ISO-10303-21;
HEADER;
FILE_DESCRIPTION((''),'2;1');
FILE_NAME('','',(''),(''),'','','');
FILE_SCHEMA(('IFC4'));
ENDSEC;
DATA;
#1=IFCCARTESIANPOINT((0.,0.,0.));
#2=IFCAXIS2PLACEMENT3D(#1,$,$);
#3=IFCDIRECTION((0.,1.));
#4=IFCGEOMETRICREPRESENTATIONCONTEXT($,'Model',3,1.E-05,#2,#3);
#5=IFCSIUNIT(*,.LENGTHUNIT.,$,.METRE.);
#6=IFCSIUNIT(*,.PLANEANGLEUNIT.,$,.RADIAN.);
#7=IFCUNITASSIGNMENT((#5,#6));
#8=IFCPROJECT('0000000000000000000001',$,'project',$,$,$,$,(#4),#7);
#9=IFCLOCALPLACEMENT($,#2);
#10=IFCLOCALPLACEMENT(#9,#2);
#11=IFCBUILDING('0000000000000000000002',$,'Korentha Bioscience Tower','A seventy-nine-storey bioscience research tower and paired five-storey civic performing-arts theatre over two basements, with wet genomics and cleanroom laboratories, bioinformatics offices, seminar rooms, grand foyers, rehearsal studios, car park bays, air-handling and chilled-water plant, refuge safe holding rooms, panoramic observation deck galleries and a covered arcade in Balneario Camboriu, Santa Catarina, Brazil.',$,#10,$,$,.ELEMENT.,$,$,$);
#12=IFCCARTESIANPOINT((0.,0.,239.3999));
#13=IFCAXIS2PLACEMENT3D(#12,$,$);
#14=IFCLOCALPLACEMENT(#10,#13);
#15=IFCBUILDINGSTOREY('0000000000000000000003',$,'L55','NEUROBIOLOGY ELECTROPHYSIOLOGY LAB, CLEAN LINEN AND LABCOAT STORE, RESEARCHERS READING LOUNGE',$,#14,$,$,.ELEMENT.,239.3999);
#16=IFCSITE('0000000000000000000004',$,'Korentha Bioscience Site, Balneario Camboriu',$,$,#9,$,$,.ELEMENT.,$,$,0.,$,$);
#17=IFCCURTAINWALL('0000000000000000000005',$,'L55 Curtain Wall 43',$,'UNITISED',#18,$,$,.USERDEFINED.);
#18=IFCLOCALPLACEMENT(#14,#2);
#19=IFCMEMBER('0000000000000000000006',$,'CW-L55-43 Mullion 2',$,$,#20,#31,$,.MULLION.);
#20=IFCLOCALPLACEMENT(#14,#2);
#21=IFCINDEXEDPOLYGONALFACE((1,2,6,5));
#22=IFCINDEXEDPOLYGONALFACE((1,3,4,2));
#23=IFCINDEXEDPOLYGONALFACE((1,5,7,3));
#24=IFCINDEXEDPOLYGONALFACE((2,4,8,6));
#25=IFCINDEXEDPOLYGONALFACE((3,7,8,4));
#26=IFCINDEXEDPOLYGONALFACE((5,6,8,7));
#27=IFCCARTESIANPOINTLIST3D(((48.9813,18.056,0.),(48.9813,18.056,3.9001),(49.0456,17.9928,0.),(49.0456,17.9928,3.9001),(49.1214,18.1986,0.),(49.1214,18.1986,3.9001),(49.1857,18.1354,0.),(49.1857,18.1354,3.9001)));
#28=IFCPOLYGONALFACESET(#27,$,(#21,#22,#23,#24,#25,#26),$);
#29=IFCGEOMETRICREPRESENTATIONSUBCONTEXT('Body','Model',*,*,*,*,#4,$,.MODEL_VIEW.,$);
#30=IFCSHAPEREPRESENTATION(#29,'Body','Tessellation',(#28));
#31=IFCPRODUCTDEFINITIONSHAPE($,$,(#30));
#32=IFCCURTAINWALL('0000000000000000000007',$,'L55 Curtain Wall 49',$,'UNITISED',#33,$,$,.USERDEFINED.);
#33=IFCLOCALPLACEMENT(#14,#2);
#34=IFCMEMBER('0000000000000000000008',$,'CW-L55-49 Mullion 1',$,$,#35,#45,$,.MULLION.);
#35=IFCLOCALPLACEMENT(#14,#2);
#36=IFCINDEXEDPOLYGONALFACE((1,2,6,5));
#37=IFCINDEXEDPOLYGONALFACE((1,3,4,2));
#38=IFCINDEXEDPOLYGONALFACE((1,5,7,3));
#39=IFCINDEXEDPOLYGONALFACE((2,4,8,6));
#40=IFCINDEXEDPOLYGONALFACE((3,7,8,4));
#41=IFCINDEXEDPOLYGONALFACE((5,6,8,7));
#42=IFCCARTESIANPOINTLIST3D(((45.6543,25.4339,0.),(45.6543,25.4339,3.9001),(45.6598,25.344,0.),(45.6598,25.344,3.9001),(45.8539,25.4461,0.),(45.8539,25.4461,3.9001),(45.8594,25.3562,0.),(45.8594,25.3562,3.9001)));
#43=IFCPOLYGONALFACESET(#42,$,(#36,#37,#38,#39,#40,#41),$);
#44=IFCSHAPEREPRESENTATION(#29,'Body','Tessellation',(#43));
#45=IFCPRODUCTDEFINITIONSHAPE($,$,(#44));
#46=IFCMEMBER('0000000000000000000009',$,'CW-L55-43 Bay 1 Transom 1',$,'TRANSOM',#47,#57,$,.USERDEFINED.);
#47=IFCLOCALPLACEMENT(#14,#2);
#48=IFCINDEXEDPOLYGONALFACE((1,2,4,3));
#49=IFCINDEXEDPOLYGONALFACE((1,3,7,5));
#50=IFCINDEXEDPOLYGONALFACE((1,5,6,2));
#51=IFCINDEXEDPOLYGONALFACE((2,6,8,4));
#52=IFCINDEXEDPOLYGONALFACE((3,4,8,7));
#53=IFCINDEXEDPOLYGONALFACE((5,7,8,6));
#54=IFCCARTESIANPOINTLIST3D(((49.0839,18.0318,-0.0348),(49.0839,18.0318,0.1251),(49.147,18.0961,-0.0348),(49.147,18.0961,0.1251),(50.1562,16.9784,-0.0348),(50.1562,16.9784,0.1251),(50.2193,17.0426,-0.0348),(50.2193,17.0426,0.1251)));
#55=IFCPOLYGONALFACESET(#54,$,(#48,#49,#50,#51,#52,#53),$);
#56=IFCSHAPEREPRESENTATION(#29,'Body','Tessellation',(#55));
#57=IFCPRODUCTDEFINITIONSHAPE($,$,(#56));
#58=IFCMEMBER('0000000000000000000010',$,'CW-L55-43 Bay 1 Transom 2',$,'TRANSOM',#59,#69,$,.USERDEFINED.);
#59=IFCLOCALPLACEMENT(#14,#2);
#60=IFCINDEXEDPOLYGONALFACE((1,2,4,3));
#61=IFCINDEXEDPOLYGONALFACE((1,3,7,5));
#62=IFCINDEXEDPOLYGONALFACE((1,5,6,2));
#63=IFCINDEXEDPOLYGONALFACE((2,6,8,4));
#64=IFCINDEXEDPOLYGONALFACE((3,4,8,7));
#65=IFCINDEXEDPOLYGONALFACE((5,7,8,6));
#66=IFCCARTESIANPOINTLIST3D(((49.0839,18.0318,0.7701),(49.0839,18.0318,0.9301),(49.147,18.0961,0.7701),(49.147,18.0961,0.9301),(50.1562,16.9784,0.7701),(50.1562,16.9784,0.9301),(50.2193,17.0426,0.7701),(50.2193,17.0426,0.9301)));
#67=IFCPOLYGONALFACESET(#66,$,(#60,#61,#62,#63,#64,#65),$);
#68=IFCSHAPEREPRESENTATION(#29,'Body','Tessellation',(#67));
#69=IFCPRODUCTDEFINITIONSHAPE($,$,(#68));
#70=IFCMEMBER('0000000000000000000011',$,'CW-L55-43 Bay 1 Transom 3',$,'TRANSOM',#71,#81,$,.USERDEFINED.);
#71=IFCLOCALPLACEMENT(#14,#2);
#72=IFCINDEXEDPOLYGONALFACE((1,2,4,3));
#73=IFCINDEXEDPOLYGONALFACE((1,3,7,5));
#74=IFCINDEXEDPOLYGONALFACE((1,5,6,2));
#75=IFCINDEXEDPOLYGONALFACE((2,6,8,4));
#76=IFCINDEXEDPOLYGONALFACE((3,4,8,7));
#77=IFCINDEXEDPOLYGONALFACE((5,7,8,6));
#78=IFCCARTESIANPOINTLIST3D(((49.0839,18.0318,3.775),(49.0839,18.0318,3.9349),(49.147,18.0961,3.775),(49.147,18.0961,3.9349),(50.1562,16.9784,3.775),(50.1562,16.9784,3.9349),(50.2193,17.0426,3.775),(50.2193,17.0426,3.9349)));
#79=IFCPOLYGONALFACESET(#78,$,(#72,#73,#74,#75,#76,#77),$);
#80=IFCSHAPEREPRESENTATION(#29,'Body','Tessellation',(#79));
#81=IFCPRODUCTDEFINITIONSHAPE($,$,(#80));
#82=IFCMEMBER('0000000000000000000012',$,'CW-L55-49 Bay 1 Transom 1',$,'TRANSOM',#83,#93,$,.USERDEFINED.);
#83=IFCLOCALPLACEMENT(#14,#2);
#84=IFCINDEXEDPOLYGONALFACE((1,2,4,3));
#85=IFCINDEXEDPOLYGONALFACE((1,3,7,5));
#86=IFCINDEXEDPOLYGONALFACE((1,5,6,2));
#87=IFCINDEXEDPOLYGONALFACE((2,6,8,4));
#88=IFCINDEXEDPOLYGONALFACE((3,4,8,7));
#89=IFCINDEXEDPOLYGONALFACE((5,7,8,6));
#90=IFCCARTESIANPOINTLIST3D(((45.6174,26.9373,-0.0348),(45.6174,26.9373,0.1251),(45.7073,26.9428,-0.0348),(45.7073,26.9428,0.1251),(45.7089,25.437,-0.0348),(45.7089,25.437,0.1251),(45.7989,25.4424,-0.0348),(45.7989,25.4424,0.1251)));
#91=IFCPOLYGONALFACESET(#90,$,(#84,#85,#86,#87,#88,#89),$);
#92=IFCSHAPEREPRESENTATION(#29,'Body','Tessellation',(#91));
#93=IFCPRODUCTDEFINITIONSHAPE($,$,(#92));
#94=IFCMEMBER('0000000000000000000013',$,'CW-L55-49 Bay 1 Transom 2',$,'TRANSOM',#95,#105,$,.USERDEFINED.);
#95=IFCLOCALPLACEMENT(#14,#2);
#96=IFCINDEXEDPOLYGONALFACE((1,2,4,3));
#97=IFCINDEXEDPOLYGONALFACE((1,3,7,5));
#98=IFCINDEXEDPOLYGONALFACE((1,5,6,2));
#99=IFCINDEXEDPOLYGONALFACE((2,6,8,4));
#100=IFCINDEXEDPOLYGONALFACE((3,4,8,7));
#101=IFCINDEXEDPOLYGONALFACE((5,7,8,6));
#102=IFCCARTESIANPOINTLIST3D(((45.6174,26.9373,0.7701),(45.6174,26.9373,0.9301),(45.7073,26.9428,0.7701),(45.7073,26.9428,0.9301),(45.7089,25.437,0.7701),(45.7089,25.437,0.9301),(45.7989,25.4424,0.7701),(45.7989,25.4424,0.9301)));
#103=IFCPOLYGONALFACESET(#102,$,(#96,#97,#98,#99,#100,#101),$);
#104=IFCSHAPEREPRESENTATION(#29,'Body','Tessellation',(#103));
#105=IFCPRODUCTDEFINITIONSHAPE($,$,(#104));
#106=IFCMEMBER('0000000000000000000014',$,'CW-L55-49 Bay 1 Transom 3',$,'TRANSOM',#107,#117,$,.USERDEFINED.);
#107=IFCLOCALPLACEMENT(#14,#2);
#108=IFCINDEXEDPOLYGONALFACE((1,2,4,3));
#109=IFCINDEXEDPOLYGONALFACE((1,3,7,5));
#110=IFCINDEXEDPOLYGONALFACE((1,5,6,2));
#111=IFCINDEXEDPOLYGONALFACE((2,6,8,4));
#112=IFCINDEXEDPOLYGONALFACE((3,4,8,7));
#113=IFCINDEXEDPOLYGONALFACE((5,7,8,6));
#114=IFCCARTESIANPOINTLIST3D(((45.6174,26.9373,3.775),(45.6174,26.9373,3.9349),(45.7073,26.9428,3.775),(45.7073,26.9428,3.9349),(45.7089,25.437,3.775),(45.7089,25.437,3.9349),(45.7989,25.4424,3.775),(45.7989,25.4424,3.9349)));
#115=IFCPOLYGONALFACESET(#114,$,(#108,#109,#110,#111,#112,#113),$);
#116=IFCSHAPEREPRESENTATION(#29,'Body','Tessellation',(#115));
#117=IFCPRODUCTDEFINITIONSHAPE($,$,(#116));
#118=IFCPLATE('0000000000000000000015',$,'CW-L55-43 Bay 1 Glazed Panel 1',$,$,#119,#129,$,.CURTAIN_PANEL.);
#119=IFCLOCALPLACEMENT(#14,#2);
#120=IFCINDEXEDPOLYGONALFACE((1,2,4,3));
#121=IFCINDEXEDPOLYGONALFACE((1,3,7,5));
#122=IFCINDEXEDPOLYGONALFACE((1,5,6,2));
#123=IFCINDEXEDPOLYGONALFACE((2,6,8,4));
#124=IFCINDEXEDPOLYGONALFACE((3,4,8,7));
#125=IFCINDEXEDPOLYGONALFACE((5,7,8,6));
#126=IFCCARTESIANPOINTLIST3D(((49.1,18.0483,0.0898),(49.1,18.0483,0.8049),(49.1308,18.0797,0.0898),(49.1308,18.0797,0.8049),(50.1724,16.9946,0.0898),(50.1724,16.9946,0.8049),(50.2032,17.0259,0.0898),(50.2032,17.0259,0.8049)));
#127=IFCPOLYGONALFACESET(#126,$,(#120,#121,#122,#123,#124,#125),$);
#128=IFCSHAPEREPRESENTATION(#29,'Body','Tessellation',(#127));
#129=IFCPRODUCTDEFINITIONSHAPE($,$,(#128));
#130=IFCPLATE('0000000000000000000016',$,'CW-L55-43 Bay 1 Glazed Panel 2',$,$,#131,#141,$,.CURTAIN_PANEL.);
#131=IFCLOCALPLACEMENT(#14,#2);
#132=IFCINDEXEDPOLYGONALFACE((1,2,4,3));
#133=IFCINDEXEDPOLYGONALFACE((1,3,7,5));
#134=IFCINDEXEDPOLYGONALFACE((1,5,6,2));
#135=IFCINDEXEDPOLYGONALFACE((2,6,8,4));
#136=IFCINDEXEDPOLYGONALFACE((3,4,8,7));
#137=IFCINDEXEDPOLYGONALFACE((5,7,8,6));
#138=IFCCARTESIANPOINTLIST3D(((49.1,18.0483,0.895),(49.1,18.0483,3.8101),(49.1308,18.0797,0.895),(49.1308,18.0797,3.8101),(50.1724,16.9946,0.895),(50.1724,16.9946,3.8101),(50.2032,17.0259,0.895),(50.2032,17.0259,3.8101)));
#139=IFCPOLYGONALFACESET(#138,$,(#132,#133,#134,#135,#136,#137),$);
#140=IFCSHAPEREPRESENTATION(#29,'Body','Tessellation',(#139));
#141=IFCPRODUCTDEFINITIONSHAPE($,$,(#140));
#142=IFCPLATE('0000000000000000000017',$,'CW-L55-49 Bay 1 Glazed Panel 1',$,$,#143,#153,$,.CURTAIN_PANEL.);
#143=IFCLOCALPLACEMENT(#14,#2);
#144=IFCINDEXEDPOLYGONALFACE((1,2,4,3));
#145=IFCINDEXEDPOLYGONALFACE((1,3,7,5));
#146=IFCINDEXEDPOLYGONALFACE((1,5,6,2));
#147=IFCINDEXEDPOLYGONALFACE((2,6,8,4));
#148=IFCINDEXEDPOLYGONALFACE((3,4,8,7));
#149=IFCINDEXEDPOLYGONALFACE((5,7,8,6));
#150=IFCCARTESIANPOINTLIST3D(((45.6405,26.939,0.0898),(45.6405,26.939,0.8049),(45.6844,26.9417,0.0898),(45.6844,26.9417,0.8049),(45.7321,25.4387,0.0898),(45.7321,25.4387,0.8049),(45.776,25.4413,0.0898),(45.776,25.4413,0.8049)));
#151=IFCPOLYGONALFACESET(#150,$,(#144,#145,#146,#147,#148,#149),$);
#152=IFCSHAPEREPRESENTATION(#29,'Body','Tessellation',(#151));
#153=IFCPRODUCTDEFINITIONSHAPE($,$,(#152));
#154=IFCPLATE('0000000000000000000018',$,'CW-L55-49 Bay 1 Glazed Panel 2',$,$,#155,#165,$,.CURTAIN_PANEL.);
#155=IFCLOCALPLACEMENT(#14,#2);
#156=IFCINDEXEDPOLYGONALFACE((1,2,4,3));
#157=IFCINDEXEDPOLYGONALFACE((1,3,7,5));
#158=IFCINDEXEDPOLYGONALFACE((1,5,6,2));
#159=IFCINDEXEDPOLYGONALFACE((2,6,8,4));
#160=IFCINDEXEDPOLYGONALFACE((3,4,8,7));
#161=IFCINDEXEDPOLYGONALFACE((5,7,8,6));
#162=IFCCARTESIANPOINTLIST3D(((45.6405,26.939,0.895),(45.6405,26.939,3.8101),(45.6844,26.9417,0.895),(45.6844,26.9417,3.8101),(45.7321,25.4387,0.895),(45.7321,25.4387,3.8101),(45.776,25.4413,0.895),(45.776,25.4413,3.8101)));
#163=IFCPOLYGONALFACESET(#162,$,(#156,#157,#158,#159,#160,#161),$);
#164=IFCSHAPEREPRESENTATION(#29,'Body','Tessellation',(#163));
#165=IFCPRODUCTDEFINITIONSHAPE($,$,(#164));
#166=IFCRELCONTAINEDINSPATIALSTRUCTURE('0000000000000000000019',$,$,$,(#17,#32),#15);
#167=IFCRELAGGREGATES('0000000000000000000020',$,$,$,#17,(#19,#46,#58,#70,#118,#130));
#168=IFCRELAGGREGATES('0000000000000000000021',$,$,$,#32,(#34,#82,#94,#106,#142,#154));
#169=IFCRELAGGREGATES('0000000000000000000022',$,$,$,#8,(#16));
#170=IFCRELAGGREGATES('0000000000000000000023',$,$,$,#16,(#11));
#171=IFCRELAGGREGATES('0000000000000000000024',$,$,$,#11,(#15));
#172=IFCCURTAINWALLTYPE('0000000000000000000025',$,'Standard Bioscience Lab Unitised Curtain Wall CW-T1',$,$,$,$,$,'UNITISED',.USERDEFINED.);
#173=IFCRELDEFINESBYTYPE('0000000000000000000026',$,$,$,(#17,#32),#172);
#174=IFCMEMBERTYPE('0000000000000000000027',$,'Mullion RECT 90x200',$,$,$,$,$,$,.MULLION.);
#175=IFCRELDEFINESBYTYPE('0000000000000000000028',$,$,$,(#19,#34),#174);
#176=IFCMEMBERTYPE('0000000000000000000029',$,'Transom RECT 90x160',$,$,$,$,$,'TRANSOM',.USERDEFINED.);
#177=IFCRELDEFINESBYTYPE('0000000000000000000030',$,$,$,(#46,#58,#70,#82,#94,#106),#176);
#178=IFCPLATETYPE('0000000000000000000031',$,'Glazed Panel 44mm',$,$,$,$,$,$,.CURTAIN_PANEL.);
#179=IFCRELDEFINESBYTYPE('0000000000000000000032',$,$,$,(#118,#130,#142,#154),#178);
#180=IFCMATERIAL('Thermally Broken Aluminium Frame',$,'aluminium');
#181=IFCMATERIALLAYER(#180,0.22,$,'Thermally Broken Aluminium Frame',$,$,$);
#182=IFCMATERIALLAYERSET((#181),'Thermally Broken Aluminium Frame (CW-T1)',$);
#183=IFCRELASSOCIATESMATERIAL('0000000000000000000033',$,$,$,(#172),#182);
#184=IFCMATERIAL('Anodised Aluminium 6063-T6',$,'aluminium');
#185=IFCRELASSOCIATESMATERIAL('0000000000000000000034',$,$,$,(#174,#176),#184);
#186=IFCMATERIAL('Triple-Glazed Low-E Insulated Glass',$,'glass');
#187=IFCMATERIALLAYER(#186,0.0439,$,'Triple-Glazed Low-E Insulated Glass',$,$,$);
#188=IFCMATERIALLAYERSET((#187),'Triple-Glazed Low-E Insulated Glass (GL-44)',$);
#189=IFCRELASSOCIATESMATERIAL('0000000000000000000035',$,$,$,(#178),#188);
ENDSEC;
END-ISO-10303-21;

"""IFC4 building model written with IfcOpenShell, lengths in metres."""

from ifc_helpers import new_model, si_unit, direction, frame, origin, origin_2d, place, context, subcontext, project, spatial, rectangle, extrude, material, layer, layer_set, material_profile, profile_set, type_object, element, aggregate, save


model = new_model("IFC4")

# Units and contexts
model_context = context("Model", 3, precision=1e-05, world=origin(), true_north=direction((0.0, 1.0)))
body_context = subcontext(model_context, "Body", "Model", "MODEL_VIEW")
ifc_project = project(units=[si_unit("LENGTHUNIT", "METRE"), si_unit("PLANEANGLEUNIT", "RADIAN")], contexts=[model_context])

# Site, building, storey
site_placement = place(None, origin())
site = spatial("IfcSite", under=ifc_project, at=site_placement, Name="Korentha Bioscience Site, Balneario Camboriu", CompositionType="ELEMENT", RefElevation=0.0)
building_placement = place(site_placement, origin())
building = spatial("IfcBuilding", under=site, at=building_placement, Name="Korentha Bioscience Tower", Description="A seventy-nine-storey bioscience research tower and paired five-storey civic performing-arts theatre over two basements, with wet genomics and cleanroom laboratories, bioinformatics offices, seminar rooms, grand foyers, rehearsal studios, car park bays, air-handling and chilled-water plant, refuge safe holding rooms, panoramic observation deck galleries and a covered arcade in Balneario Camboriu, Santa Catarina, Brazil.", CompositionType="ELEMENT")
storey_placement = place(building_placement, frame((0.0, 0.0, 239.3999)))
storey = spatial("IfcBuildingStorey", under=building, at=storey_placement, Name="L55", Description="NEUROBIOLOGY ELECTROPHYSIOLOGY LAB, CLEAN LINEN AND LABCOAT STORE, RESEARCHERS READING LOUNGE", CompositionType="ELEMENT", Elevation=239.3999)

# Curtain wall, member
ifc_material_1 = material(Name="Thermally Broken Aluminium Frame", Category="aluminium")
ifc_layer_1 = layer(ifc_material_1, 0.22, Name="Thermally Broken Aluminium Frame")
ifc_layer_set_1 = layer_set([ifc_layer_1], Name="Thermally Broken Aluminium Frame (CW-T1)")
curtain_wall_type = type_object("IfcCurtainWallType", Name="Standard Bioscience Lab Unitised Curtain Wall CW-T1", ElementType="UNITISED", PredefinedType="USERDEFINED", material=ifc_layer_set_1)
curtain_wall_1_placement = place(storey_placement, origin())
curtain_wall_1 = element("IfcCurtainWall", 1, at=curtain_wall_1_placement, inside=storey, type_object=curtain_wall_type, Name="L55 Curtain Wall 43", ObjectType="UNITISED", PredefinedType="USERDEFINED")
ifc_material_2 = material(Name="Anodised Aluminium 6063-T6", Category="aluminium")
ifc_material_profile_1 = material_profile(ifc_material_2, rectangle(XDim=0.0901, YDim=0.2, at=origin_2d()), Name="Anodised Aluminium 6063-T6")
ifc_profile_set_1 = profile_set([ifc_material_profile_1], Name="Anodised Aluminium 6063-T6 (CW-MUL)")
member_type_1 = type_object("IfcMemberType", Name="Mullion RECT 90x200", PredefinedType="MULLION", material=ifc_profile_set_1)
member_1_placement = place(storey_placement, frame((49.0835, 18.0957, 0.0), z_axis=(0.0, 0.0, 1.0), x_axis=(-0.713258, 0.700901, 0.0)))
member_1 = element("IfcMember", 2, at=member_1_placement, type_object=member_type_1, Name="CW-L55-43 Mullion 2", PredefinedType="MULLION", context=body_context, shape_type="SweptSolid", body=[
    extrude(rectangle(XDim=0.0901, YDim=0.2, at=origin_2d()), origin(), (0.0, 0.0, 1.0), 3.9001),
])

# Curtain wall, member
curtain_wall_2_placement = place(storey_placement, origin())
curtain_wall_2 = element("IfcCurtainWall", 3, at=curtain_wall_2_placement, inside=storey, type_object=curtain_wall_type, Name="L55 Curtain Wall 49", ObjectType="UNITISED", PredefinedType="USERDEFINED")
member_2_placement = place(storey_placement, frame((45.7568, 25.395, 0.0), z_axis=(0.0, 0.0, 1.0), x_axis=(-0.060954, 0.998141, 0.0)))
member_2 = element("IfcMember", 4, at=member_2_placement, type_object=member_type_1, Name="CW-L55-49 Mullion 1", PredefinedType="MULLION", context=body_context, shape_type="SweptSolid", body=[
    extrude(rectangle(XDim=0.0901, YDim=0.2, at=origin_2d()), origin(), (0.0, 0.0, 1.0), 3.9001),
])

# Members
ifc_material_profile_2 = material_profile(ifc_material_2, rectangle(XDim=0.0901, YDim=0.1599, at=origin_2d()), Name="Anodised Aluminium 6063-T6")
ifc_profile_set_2 = profile_set([ifc_material_profile_2], Name="Anodised Aluminium 6063-T6 (CW-TRN)")
member_type_2 = type_object("IfcMemberType", Name="Transom RECT 90x160", ElementType="TRANSOM", PredefinedType="USERDEFINED", material=ifc_profile_set_2)
member_3_placement = place(storey_placement, frame((50.1877, 17.0105, 0.0452), z_axis=(-0.713332, 0.700826, 0.0), x_axis=(-0.700826, -0.713332, 0.0)))
member_3 = element("IfcMember", 5, at=member_3_placement, type_object=member_type_2, Name="CW-L55-43 Bay 1 Transom 1", ObjectType="TRANSOM", PredefinedType="USERDEFINED", context=body_context, shape_type="SweptSolid", body=[
    extrude(rectangle(XDim=0.0901, YDim=0.1599, at=origin_2d()), origin(), (0.0, 0.0, 1.0), 1.5032),
])
member_4_placement = place(storey_placement, frame((50.1877, 17.0105, 0.8501), z_axis=(-0.713332, 0.700826, 0.0), x_axis=(-0.700826, -0.713332, 0.0)))
member_4 = element("IfcMember", 6, at=member_4_placement, type_object=member_type_2, Name="CW-L55-43 Bay 1 Transom 2", ObjectType="TRANSOM", PredefinedType="USERDEFINED", context=body_context, shape_type="SweptSolid", body=[
    extrude(rectangle(XDim=0.0901, YDim=0.1599, at=origin_2d()), origin(), (0.0, 0.0, 1.0), 1.5032),
])
member_5_placement = place(storey_placement, frame((50.1877, 17.0105, 3.855), z_axis=(-0.713332, 0.700826, 0.0), x_axis=(-0.700826, -0.713332, 0.0)))
member_5 = element("IfcMember", 7, at=member_5_placement, type_object=member_type_2, Name="CW-L55-43 Bay 1 Transom 3", ObjectType="TRANSOM", PredefinedType="USERDEFINED", context=body_context, shape_type="SweptSolid", body=[
    extrude(rectangle(XDim=0.0901, YDim=0.1599, at=origin_2d()), origin(), (0.0, 0.0, 1.0), 1.5032),
])
member_6_placement = place(storey_placement, frame((45.7539, 25.4397, 0.0452), z_axis=(-0.060902, 0.998144, 0.0), x_axis=(-0.998144, -0.060902, 0.0)))
member_6 = element("IfcMember", 8, at=member_6_placement, type_object=member_type_2, Name="CW-L55-49 Bay 1 Transom 1", ObjectType="TRANSOM", PredefinedType="USERDEFINED", context=body_context, shape_type="SweptSolid", body=[
    extrude(rectangle(XDim=0.0901, YDim=0.1599, at=origin_2d()), origin(), (0.0, 0.0, 1.0), 1.5032),
])
member_7_placement = place(storey_placement, frame((45.7539, 25.4397, 0.8501), z_axis=(-0.060902, 0.998144, 0.0), x_axis=(-0.998144, -0.060902, 0.0)))
member_7 = element("IfcMember", 9, at=member_7_placement, type_object=member_type_2, Name="CW-L55-49 Bay 1 Transom 2", ObjectType="TRANSOM", PredefinedType="USERDEFINED", context=body_context, shape_type="SweptSolid", body=[
    extrude(rectangle(XDim=0.0901, YDim=0.1599, at=origin_2d()), origin(), (0.0, 0.0, 1.0), 1.5032),
])
member_8_placement = place(storey_placement, frame((45.7539, 25.4397, 3.855), z_axis=(-0.060902, 0.998144, 0.0), x_axis=(-0.998144, -0.060902, 0.0)))
member_8 = element("IfcMember", 10, at=member_8_placement, type_object=member_type_2, Name="CW-L55-49 Bay 1 Transom 3", ObjectType="TRANSOM", PredefinedType="USERDEFINED", context=body_context, shape_type="SweptSolid", body=[
    extrude(rectangle(XDim=0.0901, YDim=0.1599, at=origin_2d()), origin(), (0.0, 0.0, 1.0), 1.5032),
])

# Plates
ifc_material_3 = material(Name="Triple-Glazed Low-E Insulated Glass", Category="glass")
ifc_layer_2 = layer(ifc_material_3, 0.0439, Name="Triple-Glazed Low-E Insulated Glass")
ifc_layer_set_2 = layer_set([ifc_layer_2], Name="Triple-Glazed Low-E Insulated Glass (GL-44)")
plate_type = type_object("IfcPlateType", Name="Glazed Panel 44mm", PredefinedType="CURTAIN_PANEL", material=ifc_layer_set_2)
plate_1_placement = place(storey_placement, frame((49.6516, 17.5371, 0.0898), z_axis=(0.0, 0.0, 1.0), x_axis=(-0.713258, 0.700901, 0.0)))
plate_1 = element("IfcPlate", 11, at=plate_1_placement, type_object=plate_type, Name="CW-L55-43 Bay 1 Glazed Panel 1", PredefinedType="CURTAIN_PANEL", context=body_context, shape_type="SweptSolid", body=[
    extrude(rectangle(XDim=1.5034, YDim=0.0439, at=origin_2d()), origin(), (0.0, 0.0, 1.0), 0.7151),
])
plate_2_placement = place(storey_placement, frame((49.6516, 17.5371, 0.895), z_axis=(0.0, 0.0, 1.0), x_axis=(-0.713258, 0.700901, 0.0)))
plate_2 = element("IfcPlate", 12, at=plate_2_placement, type_object=plate_type, Name="CW-L55-43 Bay 1 Glazed Panel 2", PredefinedType="CURTAIN_PANEL", context=body_context, shape_type="SweptSolid", body=[
    extrude(rectangle(XDim=1.5034, YDim=0.0439, at=origin_2d()), origin(), (0.0, 0.0, 1.0), 2.915),
])
aggregate(curtain_wall_1, [member_1, member_3, member_4, member_5, plate_1, plate_2])
plate_3_placement = place(storey_placement, frame((45.7083, 26.1902, 0.0898), z_axis=(0.0, 0.0, 1.0), x_axis=(-0.060954, 0.998141, 0.0)))
plate_3 = element("IfcPlate", 13, at=plate_3_placement, type_object=plate_type, Name="CW-L55-49 Bay 1 Glazed Panel 1", PredefinedType="CURTAIN_PANEL", context=body_context, shape_type="SweptSolid", body=[
    extrude(rectangle(XDim=1.5032, YDim=0.0439, at=origin_2d()), origin(), (0.0, 0.0, 1.0), 0.7151),
])
plate_4_placement = place(storey_placement, frame((45.7083, 26.1902, 0.895), z_axis=(0.0, 0.0, 1.0), x_axis=(-0.060954, 0.998141, 0.0)))
plate_4 = element("IfcPlate", 14, at=plate_4_placement, type_object=plate_type, Name="CW-L55-49 Bay 1 Glazed Panel 2", PredefinedType="CURTAIN_PANEL", context=body_context, shape_type="SweptSolid", body=[
    extrude(rectangle(XDim=1.5032, YDim=0.0439, at=origin_2d()), origin(), (0.0, 0.0, 1.0), 2.915),
])
aggregate(curtain_wall_2, [member_2, member_6, member_7, member_8, plate_3, plate_4])

save(model, "model.ifc")
